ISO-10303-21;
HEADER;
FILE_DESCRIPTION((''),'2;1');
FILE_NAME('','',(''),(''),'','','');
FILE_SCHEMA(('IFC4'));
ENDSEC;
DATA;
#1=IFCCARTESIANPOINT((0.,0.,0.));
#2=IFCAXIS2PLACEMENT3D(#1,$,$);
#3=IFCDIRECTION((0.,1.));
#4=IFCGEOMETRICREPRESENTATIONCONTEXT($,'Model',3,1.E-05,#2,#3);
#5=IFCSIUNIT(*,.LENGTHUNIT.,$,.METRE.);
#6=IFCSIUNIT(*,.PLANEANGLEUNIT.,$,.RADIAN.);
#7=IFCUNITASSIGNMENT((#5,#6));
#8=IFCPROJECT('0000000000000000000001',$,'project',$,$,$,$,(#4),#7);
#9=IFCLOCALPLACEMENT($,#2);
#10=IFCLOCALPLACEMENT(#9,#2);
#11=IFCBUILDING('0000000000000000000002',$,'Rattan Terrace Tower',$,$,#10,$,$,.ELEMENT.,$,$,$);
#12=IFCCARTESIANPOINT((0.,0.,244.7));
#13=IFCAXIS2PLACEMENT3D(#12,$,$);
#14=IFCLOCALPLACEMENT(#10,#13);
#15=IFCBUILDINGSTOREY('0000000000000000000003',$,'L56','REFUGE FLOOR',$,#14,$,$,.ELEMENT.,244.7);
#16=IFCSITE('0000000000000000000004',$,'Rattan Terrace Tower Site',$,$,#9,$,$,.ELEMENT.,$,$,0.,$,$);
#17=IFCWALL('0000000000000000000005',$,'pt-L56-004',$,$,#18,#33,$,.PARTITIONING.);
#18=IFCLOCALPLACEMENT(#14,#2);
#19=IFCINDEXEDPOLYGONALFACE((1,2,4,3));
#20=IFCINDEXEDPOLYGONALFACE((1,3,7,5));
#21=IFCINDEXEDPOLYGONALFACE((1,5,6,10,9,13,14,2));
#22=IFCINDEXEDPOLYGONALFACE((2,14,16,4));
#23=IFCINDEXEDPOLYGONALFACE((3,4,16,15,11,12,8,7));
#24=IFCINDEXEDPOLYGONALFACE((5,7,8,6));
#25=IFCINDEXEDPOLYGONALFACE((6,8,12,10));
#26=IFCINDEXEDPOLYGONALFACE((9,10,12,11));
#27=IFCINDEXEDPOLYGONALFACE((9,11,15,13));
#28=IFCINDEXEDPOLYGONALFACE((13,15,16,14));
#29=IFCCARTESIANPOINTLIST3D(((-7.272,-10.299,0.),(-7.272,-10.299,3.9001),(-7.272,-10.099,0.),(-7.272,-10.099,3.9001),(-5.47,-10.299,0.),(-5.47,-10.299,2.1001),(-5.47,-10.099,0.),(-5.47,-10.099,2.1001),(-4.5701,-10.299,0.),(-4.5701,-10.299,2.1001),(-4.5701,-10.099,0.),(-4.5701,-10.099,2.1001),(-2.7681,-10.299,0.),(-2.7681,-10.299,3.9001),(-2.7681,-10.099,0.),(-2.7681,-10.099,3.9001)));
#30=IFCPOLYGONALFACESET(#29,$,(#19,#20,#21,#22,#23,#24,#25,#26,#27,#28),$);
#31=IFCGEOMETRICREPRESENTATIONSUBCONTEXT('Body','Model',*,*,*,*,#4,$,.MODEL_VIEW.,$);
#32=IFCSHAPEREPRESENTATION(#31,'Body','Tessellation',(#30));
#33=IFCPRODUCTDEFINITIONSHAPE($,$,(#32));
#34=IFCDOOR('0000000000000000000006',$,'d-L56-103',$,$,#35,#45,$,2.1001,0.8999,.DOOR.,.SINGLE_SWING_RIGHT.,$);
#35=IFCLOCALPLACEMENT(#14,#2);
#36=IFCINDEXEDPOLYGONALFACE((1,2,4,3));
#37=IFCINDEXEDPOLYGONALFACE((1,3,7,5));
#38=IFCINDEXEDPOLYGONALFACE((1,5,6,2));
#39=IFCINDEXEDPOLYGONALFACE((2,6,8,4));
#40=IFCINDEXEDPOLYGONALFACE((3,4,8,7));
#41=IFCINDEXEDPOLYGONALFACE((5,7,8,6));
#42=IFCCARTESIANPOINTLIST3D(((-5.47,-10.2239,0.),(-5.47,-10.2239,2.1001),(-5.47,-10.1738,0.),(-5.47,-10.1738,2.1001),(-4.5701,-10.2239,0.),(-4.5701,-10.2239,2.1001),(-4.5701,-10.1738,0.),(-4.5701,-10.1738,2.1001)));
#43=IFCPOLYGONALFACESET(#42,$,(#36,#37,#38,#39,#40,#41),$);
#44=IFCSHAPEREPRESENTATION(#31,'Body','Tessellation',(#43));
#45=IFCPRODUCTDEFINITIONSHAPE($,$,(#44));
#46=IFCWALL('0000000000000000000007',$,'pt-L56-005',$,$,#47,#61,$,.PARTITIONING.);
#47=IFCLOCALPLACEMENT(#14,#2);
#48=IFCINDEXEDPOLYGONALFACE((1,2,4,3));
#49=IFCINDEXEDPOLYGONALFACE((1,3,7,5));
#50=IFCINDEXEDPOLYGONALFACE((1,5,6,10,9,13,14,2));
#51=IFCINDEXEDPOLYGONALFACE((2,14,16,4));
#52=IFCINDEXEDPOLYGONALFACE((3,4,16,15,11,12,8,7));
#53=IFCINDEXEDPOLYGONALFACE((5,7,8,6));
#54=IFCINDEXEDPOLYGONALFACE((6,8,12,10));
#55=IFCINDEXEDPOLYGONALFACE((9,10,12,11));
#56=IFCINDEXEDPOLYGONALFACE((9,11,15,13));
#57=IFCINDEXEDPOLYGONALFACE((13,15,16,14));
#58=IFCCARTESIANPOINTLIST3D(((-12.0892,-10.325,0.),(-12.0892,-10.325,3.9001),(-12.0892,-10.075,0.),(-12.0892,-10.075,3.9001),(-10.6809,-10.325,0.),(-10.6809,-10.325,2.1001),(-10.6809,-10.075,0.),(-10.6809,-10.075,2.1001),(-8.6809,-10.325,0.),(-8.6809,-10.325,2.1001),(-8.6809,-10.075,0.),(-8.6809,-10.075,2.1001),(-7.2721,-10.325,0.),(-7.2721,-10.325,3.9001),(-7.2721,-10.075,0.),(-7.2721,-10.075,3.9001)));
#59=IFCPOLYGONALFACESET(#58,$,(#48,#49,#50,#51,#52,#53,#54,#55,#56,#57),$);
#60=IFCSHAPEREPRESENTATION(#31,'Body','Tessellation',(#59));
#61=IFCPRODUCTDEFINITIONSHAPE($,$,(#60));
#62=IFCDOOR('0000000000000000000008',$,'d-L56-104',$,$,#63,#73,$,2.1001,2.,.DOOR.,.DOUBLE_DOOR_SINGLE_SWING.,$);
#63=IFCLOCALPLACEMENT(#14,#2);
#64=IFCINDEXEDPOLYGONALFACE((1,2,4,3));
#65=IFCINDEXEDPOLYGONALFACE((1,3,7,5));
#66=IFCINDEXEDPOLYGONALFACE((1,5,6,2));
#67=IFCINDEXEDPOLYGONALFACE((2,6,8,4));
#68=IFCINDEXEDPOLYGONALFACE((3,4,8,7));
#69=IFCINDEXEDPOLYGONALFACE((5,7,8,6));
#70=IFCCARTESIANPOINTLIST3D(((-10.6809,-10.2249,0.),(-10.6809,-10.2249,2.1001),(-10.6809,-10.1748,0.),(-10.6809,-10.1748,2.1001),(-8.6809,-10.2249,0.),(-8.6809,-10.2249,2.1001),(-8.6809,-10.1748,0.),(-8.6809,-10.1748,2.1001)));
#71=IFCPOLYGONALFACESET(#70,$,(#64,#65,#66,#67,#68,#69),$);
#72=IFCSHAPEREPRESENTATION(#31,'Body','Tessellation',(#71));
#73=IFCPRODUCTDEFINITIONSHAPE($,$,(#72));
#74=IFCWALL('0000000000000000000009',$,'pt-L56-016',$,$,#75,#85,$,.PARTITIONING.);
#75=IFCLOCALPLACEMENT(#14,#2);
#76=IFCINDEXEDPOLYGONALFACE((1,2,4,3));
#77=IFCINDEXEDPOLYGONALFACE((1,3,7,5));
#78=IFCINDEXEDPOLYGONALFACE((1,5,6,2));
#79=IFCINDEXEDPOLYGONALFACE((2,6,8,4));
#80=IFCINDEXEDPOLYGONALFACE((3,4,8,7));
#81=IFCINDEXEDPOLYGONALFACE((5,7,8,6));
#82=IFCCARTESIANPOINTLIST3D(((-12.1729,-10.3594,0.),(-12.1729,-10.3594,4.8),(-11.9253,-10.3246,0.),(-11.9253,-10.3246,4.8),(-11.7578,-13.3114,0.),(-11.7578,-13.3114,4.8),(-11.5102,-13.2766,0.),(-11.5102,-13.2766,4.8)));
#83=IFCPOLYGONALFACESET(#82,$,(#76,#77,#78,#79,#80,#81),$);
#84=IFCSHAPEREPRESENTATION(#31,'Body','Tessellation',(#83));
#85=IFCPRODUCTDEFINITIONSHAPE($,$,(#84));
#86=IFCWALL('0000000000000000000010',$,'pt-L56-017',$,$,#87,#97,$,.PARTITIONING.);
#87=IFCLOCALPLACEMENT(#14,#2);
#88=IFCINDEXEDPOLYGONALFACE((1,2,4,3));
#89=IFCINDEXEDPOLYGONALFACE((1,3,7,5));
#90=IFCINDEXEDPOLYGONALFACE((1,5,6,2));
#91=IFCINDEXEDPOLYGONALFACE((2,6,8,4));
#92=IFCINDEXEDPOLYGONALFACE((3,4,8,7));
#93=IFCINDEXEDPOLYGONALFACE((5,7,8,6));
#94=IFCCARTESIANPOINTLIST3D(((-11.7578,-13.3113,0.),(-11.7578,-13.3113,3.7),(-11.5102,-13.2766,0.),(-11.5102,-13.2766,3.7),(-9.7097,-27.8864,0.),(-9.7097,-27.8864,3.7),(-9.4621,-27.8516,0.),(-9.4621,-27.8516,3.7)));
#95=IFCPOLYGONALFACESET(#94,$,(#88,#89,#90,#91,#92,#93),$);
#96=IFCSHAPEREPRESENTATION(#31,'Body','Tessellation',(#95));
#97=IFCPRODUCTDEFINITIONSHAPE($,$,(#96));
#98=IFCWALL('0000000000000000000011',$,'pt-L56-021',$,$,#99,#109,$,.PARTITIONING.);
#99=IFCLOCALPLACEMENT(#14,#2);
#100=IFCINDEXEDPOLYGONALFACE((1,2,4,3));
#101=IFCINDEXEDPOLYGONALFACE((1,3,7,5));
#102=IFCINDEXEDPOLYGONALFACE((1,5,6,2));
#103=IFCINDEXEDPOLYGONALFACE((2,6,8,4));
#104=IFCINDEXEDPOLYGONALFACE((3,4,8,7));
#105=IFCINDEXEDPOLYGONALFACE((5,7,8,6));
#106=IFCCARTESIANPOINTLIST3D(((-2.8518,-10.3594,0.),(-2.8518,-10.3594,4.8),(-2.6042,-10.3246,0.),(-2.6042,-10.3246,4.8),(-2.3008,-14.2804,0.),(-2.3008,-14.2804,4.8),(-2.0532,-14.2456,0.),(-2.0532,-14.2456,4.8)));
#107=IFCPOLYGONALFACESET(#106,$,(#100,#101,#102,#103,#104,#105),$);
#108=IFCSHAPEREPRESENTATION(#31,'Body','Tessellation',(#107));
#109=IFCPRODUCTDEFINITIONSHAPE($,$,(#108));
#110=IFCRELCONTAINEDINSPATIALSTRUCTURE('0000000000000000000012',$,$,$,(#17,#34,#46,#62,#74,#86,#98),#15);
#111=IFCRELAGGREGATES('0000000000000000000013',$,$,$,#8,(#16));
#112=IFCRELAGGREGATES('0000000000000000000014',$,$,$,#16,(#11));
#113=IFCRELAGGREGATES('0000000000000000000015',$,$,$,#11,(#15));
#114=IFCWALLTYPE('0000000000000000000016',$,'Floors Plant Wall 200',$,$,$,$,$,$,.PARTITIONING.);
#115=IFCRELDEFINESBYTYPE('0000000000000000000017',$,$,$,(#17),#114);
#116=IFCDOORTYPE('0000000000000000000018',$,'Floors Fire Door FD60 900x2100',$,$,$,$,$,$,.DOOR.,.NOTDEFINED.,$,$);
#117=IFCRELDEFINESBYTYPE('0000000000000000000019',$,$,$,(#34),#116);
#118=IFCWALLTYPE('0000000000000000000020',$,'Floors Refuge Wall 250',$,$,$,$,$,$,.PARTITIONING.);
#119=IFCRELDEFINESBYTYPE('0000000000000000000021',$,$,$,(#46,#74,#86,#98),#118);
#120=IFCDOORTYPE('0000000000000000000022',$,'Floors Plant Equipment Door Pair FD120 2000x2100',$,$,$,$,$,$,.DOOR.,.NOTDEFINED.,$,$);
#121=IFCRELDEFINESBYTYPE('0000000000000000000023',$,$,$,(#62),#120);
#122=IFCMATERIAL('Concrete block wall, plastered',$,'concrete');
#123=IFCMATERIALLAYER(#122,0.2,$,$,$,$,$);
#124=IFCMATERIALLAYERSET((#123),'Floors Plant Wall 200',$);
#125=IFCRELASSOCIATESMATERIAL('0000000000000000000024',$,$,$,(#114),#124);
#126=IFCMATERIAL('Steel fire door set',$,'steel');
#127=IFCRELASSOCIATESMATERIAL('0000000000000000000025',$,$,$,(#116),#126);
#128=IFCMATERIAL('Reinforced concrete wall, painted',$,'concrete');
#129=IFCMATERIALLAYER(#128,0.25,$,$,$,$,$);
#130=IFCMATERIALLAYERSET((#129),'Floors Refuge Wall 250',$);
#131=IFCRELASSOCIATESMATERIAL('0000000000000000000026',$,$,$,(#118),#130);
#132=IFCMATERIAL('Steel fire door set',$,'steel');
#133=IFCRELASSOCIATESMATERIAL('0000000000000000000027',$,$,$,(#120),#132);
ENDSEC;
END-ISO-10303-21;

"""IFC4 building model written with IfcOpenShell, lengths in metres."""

from ifc_helpers import new_model, si_unit, direction, frame, frame_2d, origin, place, context, subcontext, project, spatial, rectangle, extrude, material, layer, layer_set, type_object, element, fill, save


model = new_model("IFC4")

# Units and contexts
model_context = context("Model", 3, precision=1e-05, world=origin(), true_north=direction((0.0, 1.0)))
body_context = subcontext(model_context, "Body", "Model", "MODEL_VIEW")
ifc_project = project(units=[si_unit("LENGTHUNIT", "METRE"), si_unit("PLANEANGLEUNIT", "RADIAN")], contexts=[model_context])

# Site, building, storey
site_placement = place(None, origin())
site = spatial("IfcSite", under=ifc_project, at=site_placement, Name="Rattan Terrace Tower Site", CompositionType="ELEMENT", RefElevation=0.0)
building_placement = place(site_placement, origin())
building = spatial("IfcBuilding", under=site, at=building_placement, Name="Rattan Terrace Tower", CompositionType="ELEMENT")
storey_placement = place(building_placement, frame((0.0, 0.0, 244.7)))
storey = spatial("IfcBuildingStorey", under=building, at=storey_placement, Name="L56", Description="REFUGE FLOOR", CompositionType="ELEMENT", Elevation=244.7)

# Walls, openings, doors
ifc_material_1 = material(Name="Concrete block wall, plastered", Category="concrete")
ifc_layer_1 = layer(ifc_material_1, 0.2)
ifc_layer_set_1 = layer_set([ifc_layer_1], Name="Floors Plant Wall 200")
wall_type_1 = type_object("IfcWallType", Name="Floors Plant Wall 200", PredefinedType="PARTITIONING", material=ifc_layer_set_1)
ifc_material_2 = material(Name="Steel fire door set", Category="steel")
door_type_1 = type_object("IfcDoorType", Name="Floors Fire Door FD60 900x2100", OperationType="NOTDEFINED", PredefinedType="DOOR", material=ifc_material_2)
wall_1_placement = place(storey_placement, frame((-2.7681, -10.199, 0.0), z_axis=(0.0, 0.0, 1.0), x_axis=(-1.0, 0.0, 0.0)))
wall_1 = element("IfcWall", 1, at=wall_1_placement, inside=storey, type_object=wall_type_1, Name="pt-L56-004", PredefinedType="PARTITIONING", context=body_context, shape_type="SweptSolid", body=[
    extrude(rectangle(XDim=4.5039, YDim=0.2, at=frame_2d((2.252, 0.0))), origin(), (0.0, 0.0, 1.0), 3.9001),
])
opening_1_placement = place(wall_1_placement, frame((1.802, 0.0, 0.0)))
opening_1 = element("IfcOpeningElement", 2, at=opening_1_placement, cuts=wall_1, PredefinedType="OPENING", context=body_context, shape_type="SweptSolid", body=[
    extrude(rectangle(XDim=0.8999, YDim=2.1001, at=frame_2d((0.45, 1.05))), frame((0.0, 0.1106, 0.0), z_axis=(0.0, -1.0, 0.0), x_axis=(1.0, 0.0, 0.0)), (0.0, 0.0, 1.0), 0.2209),
])
door_1_placement = place(opening_1_placement, origin())
door_1 = element("IfcDoor", 3, at=door_1_placement, inside=storey, type_object=door_type_1, Name="d-L56-103", OperationType="SINGLE_SWING_RIGHT", OverallHeight=2.1001, OverallWidth=0.8999, PredefinedType="DOOR", context=body_context, shape_type="SweptSolid", body=[
    extrude(rectangle(XDim=0.8999, YDim=2.1001, at=frame_2d((0.45, 1.05))), frame((0.0, 0.0249, 0.0), z_axis=(0.0, -1.0, 0.0), x_axis=(1.0, 0.0, 0.0)), (0.0, 0.0, 1.0), 0.05),
])
fill(opening_1, door_1)
ifc_material_3 = material(Name="Reinforced concrete wall, painted", Category="concrete")
ifc_layer_2 = layer(ifc_material_3, 0.25)
ifc_layer_set_2 = layer_set([ifc_layer_2], Name="Floors Refuge Wall 250")
wall_type_2 = type_object("IfcWallType", Name="Floors Refuge Wall 250", PredefinedType="PARTITIONING", material=ifc_layer_set_2)
wall_2_placement = place(storey_placement, frame((-7.272, -10.2, 0.0), z_axis=(0.0, 0.0, 1.0), x_axis=(-1.0, 0.0, 0.0)))
wall_2 = element("IfcWall", 4, at=wall_2_placement, inside=storey, type_object=wall_type_2, Name="pt-L56-005", PredefinedType="PARTITIONING", context=body_context, shape_type="SweptSolid", body=[
    extrude(rectangle(XDim=4.8171, YDim=0.25, at=frame_2d((2.4087, 0.0))), origin(), (0.0, 0.0, 1.0), 3.9001),
])
opening_2_placement = place(wall_2_placement, frame((1.4089, 0.0, 0.0)))
opening_2 = element("IfcOpeningElement", 5, at=opening_2_placement, cuts=wall_2, PredefinedType="OPENING", context=body_context, shape_type="SweptSolid", body=[
    extrude(rectangle(XDim=2.0, YDim=2.1001, at=frame_2d((1.0, 1.05))), frame((0.0, 0.1355, 0.0), z_axis=(0.0, -1.0, 0.0), x_axis=(1.0, 0.0, 0.0)), (0.0, 0.0, 1.0), 0.271),
])
ifc_material_4 = material(Name="Steel fire door set", Category="steel")
door_type_2 = type_object("IfcDoorType", Name="Floors Plant Equipment Door Pair FD120 2000x2100", OperationType="NOTDEFINED", PredefinedType="DOOR", material=ifc_material_4)
door_2_placement = place(opening_2_placement, origin())
door_2 = element("IfcDoor", 6, at=door_2_placement, inside=storey, type_object=door_type_2, Name="d-L56-104", OperationType="DOUBLE_DOOR_SINGLE_SWING", OverallHeight=2.1001, OverallWidth=2.0, PredefinedType="DOOR", context=body_context, shape_type="SweptSolid", body=[
    extrude(rectangle(XDim=2.0, YDim=2.1001, at=frame_2d((1.0, 1.05))), frame((0.0, 0.0249, 0.0), z_axis=(0.0, -1.0, 0.0), x_axis=(1.0, 0.0, 0.0)), (0.0, 0.0, 1.0), 0.05),
])
fill(opening_2, door_2)

# Walls
wall_3_placement = place(storey_placement, frame((-12.0491, -10.342, 0.0), z_axis=(0.0, 0.0, 1.0), x_axis=(0.139231, -0.99026, 0.0)))
element("IfcWall", 7, at=wall_3_placement, inside=storey, type_object=wall_type_2, Name="pt-L56-016", PredefinedType="PARTITIONING", context=body_context, shape_type="SweptSolid", body=[
    extrude(rectangle(XDim=2.981, YDim=0.25, at=frame_2d((1.4905, 0.0))), origin(), (0.0, 0.0, 1.0), 4.8),
])
wall_4_placement = place(storey_placement, frame((-11.634, -13.2939, 0.0), z_axis=(0.0, 0.0, 1.0), x_axis=(0.139154, -0.990271, 0.0)))
element("IfcWall", 8, at=wall_4_placement, inside=storey, type_object=wall_type_2, Name="pt-L56-017", PredefinedType="PARTITIONING", context=body_context, shape_type="SweptSolid", body=[
    extrude(rectangle(XDim=14.7183, YDim=0.25, at=frame_2d((7.3591, 0.0))), origin(), (0.0, 0.0, 1.0), 3.7),
])
wall_5_placement = place(storey_placement, frame((-2.728, -10.342, 0.0), z_axis=(0.0, 0.0, 1.0), x_axis=(0.139168, -0.990269, 0.0)))
element("IfcWall", 9, at=wall_5_placement, inside=storey, type_object=wall_type_2, Name="pt-L56-021", PredefinedType="PARTITIONING", context=body_context, shape_type="SweptSolid", body=[
    extrude(rectangle(XDim=3.9595, YDim=0.25, at=frame_2d((1.9797, 0.0))), origin(), (0.0, 0.0, 1.0), 4.8),
])

save(model, "model.ifc")
